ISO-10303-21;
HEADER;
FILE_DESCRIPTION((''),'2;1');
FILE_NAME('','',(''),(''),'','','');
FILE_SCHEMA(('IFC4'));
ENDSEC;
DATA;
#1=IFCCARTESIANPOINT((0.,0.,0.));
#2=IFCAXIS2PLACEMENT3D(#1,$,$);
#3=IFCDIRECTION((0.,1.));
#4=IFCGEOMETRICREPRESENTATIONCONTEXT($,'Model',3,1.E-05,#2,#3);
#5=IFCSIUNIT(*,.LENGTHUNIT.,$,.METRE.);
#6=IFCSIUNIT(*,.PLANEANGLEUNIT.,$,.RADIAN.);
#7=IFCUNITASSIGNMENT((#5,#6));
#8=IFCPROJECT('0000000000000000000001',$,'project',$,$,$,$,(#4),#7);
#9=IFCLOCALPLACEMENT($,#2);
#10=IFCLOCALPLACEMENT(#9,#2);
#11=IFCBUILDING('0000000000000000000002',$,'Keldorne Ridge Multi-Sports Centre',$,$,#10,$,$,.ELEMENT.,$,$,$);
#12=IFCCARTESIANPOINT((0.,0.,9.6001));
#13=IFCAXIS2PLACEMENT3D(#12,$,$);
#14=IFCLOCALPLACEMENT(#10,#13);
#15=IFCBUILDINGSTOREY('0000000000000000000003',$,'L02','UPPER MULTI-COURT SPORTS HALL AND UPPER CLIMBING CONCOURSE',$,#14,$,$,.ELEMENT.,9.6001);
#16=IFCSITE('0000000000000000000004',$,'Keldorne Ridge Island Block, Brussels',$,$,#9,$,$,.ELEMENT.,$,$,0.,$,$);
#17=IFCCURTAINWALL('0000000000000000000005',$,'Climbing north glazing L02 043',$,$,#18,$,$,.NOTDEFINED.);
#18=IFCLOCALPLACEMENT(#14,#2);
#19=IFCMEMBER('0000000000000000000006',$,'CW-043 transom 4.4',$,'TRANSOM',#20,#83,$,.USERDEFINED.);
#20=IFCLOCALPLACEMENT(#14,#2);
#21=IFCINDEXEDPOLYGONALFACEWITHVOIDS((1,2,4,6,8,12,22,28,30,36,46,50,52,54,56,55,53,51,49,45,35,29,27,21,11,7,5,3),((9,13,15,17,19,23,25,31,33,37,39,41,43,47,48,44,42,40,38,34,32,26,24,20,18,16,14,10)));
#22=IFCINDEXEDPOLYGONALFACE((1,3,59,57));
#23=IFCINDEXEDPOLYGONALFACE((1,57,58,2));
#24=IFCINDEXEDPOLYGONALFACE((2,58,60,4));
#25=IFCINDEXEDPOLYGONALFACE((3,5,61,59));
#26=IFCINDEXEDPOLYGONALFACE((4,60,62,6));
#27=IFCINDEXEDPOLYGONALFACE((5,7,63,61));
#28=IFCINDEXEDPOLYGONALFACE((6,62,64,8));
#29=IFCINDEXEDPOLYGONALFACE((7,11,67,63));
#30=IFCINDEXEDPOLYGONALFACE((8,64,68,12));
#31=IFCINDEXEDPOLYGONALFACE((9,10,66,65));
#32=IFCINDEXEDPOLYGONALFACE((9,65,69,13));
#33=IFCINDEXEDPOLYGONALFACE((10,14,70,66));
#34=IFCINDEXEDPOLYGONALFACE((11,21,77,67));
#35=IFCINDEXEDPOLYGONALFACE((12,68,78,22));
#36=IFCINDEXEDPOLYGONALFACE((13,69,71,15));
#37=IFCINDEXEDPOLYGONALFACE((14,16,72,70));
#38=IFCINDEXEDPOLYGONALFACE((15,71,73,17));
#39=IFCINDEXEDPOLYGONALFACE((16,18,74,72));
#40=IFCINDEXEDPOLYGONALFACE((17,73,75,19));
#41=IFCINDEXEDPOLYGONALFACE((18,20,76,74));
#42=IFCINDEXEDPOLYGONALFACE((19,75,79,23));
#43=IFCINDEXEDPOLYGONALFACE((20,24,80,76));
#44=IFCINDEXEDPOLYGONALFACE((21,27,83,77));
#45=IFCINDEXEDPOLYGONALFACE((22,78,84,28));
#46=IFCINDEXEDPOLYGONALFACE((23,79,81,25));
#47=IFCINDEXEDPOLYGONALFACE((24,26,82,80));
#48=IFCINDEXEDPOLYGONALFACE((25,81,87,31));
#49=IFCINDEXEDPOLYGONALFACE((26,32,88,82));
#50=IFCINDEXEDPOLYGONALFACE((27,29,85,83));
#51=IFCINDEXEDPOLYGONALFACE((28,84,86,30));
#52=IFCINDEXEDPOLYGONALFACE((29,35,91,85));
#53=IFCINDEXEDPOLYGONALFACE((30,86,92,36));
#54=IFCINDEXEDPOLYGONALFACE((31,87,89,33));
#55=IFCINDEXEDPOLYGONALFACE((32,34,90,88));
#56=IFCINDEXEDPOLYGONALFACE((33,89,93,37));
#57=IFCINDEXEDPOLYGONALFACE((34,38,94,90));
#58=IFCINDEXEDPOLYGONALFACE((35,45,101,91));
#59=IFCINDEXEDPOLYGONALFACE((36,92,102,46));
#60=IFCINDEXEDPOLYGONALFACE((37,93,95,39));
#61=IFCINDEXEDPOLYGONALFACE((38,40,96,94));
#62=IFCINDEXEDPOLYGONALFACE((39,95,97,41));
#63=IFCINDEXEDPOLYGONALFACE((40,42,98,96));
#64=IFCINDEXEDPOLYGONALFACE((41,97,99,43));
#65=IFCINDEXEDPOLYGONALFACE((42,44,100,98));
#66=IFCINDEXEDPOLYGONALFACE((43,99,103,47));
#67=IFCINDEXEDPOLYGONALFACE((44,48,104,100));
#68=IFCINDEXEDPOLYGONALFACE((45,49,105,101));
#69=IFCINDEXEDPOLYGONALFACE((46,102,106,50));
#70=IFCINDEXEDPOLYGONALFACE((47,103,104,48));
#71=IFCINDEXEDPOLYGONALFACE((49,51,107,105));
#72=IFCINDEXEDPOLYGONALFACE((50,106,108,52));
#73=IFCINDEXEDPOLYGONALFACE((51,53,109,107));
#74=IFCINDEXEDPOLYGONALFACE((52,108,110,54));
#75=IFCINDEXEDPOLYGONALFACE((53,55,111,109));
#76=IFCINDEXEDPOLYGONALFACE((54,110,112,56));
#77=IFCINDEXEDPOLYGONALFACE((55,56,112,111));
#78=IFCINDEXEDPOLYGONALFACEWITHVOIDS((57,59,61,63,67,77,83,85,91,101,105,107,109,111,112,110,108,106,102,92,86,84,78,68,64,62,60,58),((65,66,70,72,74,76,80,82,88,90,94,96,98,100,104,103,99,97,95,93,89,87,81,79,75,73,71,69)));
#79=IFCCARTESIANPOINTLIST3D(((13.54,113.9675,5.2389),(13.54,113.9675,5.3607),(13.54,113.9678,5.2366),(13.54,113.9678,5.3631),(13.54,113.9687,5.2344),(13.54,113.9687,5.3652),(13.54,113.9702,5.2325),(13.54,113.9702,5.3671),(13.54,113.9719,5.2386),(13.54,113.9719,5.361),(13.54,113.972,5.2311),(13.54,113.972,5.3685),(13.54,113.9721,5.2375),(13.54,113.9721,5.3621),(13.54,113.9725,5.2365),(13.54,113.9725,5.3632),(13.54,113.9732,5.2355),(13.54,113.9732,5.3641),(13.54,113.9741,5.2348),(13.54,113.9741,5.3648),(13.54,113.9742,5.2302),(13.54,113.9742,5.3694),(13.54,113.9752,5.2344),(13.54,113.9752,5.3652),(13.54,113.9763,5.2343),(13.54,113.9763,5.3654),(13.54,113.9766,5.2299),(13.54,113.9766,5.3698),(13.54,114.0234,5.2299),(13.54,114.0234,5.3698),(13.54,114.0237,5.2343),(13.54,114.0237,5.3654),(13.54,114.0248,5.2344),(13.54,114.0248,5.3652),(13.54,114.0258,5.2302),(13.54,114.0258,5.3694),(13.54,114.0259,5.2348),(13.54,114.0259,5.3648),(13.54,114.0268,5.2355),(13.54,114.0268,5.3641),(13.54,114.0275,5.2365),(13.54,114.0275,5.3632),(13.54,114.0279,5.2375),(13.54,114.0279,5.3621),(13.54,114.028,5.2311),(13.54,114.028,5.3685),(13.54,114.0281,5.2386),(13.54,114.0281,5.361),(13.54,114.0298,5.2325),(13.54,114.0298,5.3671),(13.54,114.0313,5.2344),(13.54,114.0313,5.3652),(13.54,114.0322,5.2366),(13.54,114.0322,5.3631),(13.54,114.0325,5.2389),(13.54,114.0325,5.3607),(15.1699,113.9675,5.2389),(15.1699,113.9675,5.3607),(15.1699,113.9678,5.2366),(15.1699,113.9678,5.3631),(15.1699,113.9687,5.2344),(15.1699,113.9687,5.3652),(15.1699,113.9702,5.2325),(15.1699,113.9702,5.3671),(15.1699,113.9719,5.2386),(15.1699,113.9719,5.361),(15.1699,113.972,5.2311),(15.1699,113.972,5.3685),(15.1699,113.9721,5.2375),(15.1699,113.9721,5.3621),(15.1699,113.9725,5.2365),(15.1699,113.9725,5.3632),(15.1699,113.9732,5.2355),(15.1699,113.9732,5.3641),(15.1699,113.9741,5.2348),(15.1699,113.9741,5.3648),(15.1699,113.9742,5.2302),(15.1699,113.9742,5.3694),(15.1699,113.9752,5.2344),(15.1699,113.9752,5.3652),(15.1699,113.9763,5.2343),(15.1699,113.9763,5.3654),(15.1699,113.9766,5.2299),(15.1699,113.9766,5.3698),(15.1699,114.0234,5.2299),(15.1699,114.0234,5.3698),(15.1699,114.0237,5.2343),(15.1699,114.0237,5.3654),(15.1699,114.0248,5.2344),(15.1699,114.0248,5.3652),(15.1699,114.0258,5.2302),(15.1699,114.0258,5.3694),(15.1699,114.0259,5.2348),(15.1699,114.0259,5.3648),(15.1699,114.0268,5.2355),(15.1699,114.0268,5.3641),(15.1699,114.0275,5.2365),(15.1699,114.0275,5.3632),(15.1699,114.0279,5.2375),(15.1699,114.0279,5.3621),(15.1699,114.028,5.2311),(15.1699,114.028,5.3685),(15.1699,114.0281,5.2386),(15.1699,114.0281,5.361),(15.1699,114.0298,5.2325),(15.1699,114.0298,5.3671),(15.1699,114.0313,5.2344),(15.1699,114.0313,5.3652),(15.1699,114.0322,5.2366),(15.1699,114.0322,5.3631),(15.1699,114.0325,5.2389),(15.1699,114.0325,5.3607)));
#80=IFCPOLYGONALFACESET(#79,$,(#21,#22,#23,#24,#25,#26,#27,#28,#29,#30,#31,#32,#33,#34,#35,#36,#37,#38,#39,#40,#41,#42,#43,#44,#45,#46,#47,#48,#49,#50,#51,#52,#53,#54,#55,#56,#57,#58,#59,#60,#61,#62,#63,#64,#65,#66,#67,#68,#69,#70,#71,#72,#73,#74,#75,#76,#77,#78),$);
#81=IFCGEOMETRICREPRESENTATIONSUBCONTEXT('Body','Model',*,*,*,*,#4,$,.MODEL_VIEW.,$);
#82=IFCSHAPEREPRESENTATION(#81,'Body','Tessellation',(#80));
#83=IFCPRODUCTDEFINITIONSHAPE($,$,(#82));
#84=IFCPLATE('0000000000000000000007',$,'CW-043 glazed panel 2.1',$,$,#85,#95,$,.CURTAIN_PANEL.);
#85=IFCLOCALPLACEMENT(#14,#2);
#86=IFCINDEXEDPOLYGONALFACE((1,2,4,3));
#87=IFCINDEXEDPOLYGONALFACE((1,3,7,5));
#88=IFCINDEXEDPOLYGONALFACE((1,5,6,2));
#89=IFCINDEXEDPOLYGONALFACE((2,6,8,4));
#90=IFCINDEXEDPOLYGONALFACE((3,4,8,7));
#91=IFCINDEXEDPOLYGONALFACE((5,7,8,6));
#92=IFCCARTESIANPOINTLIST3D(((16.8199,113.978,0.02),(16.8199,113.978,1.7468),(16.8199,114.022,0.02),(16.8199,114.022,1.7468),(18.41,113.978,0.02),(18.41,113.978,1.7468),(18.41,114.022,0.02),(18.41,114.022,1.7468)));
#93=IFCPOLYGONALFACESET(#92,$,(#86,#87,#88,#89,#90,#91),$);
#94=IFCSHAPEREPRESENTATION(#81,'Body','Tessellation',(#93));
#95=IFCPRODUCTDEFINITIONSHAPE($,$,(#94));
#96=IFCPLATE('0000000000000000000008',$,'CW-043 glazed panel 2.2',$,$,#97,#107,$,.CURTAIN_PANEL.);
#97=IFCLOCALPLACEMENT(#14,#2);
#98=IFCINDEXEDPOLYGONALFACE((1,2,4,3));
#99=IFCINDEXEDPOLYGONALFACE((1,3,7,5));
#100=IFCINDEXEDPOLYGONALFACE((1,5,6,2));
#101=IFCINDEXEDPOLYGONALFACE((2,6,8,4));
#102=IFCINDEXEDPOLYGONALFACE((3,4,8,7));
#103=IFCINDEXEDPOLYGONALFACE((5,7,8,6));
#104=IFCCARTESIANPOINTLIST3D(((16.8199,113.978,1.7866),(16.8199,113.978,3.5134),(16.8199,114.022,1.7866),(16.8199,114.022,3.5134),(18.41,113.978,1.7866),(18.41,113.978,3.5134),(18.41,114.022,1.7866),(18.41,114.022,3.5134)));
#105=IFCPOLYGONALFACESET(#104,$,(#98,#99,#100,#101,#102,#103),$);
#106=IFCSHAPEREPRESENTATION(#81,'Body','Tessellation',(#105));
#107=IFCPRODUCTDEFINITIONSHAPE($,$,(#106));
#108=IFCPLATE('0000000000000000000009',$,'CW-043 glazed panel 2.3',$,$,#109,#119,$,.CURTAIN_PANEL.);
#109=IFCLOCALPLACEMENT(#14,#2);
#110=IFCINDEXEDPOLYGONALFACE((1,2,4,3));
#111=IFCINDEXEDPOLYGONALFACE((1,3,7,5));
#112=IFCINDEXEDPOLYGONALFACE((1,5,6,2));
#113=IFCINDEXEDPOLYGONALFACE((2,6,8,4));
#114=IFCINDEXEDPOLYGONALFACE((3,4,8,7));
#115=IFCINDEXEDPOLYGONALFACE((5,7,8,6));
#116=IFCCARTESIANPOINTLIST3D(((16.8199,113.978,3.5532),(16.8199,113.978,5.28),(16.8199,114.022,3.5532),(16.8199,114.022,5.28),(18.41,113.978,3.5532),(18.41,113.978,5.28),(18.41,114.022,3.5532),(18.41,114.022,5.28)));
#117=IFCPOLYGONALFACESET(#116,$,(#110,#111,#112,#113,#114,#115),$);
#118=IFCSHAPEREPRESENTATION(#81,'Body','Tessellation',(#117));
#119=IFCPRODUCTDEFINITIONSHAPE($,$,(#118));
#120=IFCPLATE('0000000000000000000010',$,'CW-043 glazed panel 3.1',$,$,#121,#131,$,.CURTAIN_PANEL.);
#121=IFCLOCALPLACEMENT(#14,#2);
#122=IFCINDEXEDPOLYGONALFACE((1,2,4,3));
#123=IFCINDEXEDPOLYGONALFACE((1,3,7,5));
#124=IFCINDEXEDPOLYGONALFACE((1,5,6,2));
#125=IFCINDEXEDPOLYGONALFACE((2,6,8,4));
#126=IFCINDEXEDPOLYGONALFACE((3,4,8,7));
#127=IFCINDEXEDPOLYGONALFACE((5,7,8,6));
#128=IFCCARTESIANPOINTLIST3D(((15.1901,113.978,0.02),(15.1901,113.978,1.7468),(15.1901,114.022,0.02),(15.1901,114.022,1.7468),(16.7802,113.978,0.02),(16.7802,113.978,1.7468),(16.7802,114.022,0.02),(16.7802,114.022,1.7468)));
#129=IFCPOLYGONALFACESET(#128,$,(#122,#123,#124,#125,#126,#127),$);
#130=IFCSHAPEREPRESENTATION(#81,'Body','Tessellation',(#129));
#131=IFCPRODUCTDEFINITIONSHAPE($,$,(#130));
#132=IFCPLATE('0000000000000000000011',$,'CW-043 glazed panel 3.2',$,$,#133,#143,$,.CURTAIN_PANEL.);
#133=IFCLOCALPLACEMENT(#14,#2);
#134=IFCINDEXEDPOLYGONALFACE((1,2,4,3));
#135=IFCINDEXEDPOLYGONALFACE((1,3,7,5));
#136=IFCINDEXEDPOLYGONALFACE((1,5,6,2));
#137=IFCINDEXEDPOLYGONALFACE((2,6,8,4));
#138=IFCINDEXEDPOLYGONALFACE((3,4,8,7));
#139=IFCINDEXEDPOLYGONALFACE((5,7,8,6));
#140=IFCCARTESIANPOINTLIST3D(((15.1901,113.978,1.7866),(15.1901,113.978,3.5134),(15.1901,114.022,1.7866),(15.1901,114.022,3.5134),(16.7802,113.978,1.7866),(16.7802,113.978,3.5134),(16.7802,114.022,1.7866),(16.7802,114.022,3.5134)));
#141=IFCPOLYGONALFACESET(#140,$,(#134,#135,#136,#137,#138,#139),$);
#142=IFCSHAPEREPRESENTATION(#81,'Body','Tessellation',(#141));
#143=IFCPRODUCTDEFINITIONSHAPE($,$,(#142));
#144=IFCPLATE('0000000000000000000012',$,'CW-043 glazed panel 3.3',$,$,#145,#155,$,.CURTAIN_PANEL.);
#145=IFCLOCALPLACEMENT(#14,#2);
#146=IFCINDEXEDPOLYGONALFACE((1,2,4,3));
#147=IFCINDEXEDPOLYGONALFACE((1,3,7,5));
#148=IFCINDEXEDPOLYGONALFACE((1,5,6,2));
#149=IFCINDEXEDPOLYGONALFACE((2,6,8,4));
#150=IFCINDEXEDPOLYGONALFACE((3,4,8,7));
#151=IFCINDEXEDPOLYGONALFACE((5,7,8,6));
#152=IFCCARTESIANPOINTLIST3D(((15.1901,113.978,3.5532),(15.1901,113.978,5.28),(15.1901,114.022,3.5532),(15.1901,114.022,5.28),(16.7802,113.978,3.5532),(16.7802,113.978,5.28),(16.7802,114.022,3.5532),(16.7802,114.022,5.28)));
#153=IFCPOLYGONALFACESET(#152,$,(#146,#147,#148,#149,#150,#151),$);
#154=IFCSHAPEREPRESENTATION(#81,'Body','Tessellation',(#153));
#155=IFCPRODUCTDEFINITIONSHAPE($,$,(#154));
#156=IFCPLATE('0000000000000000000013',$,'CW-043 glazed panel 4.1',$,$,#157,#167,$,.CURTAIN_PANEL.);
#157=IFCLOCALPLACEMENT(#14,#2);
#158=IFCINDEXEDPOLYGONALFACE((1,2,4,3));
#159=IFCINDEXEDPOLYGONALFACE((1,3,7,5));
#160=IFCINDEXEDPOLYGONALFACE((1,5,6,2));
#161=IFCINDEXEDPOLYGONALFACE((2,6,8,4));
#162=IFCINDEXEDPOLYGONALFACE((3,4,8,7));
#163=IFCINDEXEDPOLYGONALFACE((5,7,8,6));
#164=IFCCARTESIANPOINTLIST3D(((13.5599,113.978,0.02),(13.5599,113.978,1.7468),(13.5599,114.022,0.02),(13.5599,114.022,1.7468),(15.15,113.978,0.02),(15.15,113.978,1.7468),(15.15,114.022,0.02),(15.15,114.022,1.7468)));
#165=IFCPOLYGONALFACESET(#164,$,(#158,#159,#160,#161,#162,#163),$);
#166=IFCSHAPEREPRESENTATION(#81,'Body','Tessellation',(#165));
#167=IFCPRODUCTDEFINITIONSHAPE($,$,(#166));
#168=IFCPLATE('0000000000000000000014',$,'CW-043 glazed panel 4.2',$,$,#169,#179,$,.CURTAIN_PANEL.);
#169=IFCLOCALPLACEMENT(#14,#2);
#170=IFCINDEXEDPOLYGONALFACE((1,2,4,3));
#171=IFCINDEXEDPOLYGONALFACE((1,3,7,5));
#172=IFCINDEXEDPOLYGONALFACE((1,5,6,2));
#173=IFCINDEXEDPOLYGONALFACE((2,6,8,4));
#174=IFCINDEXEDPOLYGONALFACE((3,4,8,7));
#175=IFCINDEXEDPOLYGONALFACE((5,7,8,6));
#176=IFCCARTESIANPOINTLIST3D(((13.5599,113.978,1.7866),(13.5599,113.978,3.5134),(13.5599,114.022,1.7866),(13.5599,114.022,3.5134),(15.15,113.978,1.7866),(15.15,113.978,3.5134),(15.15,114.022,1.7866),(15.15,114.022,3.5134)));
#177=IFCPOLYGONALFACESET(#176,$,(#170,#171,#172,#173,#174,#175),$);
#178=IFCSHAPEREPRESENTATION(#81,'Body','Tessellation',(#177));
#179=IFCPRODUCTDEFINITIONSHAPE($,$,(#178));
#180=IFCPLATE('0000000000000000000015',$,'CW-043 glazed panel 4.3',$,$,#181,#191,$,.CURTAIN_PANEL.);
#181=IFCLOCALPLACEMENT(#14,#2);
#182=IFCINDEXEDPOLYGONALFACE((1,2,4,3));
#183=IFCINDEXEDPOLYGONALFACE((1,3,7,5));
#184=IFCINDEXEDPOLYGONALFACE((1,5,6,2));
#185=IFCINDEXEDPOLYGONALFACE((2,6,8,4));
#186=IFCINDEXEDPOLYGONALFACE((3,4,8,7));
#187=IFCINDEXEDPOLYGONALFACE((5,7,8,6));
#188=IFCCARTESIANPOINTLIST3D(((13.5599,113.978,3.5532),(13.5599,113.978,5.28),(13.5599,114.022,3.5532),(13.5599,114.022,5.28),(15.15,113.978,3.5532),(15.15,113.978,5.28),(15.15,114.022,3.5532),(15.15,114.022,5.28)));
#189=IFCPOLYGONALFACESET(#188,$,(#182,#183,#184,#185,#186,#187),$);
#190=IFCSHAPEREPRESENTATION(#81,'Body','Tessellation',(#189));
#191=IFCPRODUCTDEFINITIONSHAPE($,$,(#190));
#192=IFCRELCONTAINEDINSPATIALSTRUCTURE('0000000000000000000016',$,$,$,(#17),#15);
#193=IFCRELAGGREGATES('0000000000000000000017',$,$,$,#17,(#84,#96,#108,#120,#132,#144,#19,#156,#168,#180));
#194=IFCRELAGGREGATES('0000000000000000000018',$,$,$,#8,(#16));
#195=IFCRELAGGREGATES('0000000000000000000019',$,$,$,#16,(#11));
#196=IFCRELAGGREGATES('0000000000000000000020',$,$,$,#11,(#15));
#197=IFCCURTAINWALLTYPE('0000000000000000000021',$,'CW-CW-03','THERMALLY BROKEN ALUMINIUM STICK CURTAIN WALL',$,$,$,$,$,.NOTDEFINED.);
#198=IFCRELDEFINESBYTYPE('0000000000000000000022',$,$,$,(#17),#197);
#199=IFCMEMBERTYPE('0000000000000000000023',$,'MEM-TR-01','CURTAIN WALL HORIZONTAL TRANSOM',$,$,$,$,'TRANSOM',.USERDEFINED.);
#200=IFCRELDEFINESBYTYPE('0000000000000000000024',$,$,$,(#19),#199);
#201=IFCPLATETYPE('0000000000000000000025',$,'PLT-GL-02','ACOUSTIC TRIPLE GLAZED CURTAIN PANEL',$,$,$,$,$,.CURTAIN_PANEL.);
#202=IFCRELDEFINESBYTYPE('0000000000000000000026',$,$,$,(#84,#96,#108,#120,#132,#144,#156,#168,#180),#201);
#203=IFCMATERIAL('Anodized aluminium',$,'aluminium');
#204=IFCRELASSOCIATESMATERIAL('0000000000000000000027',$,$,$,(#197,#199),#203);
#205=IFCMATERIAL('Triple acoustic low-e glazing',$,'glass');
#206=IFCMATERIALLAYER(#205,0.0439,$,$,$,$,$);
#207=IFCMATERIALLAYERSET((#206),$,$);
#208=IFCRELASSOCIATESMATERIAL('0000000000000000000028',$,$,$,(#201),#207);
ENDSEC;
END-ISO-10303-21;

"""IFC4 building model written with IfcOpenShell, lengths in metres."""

from ifc_helpers import new_model, si_unit, direction, frame, origin, origin_2d, place, context, subcontext, project, spatial, rectangle, hollow_rectangle, extrude, material, layer, layer_set, material_profile, profile_set, type_object, element, aggregate, save


model = new_model("IFC4")

# Units and contexts
model_context = context("Model", 3, precision=1e-05, world=origin(), true_north=direction((0.0, 1.0)))
body_context = subcontext(model_context, "Body", "Model", "MODEL_VIEW")
ifc_project = project(units=[si_unit("LENGTHUNIT", "METRE"), si_unit("PLANEANGLEUNIT", "RADIAN")], contexts=[model_context])

# Site, building, storey
site_placement = place(None, origin())
site = spatial("IfcSite", under=ifc_project, at=site_placement, Name="Keldorne Ridge Island Block, Brussels", CompositionType="ELEMENT", RefElevation=0.0)
building_placement = place(site_placement, origin())
building = spatial("IfcBuilding", under=site, at=building_placement, Name="Keldorne Ridge Multi-Sports Centre", CompositionType="ELEMENT")
storey_placement = place(building_placement, frame((0.0, 0.0, 9.6001)))
storey = spatial("IfcBuildingStorey", under=building, at=storey_placement, Name="L02", Description="UPPER MULTI-COURT SPORTS HALL AND UPPER CLIMBING CONCOURSE", CompositionType="ELEMENT", Elevation=9.6001)

# Curtain wall
ifc_material_1 = material(Name="Anodized aluminium", Category="aluminium")
curtain_wall_type = type_object("IfcCurtainWallType", Name="CW-CW-03", Description="THERMALLY BROKEN ALUMINIUM STICK CURTAIN WALL", PredefinedType="NOTDEFINED", material=ifc_material_1)
curtain_wall_placement = place(storey_placement, origin())
curtain_wall = element("IfcCurtainWall", 1, at=curtain_wall_placement, inside=storey, type_object=curtain_wall_type, Name="Climbing north glazing L02 043", PredefinedType="NOTDEFINED")

# Member
ifc_material_profile_1 = material_profile(ifc_material_1, hollow_rectangle(XDim=0.0649, YDim=0.1399, WallThickness=0.0044, InnerFilletRadius=0.0044, OuterFilletRadius=0.009, at=origin_2d()), Name="ALU TRANSOM 140x65x4.5")
ifc_profile_set_1 = profile_set([ifc_material_profile_1], Name="Anodized aluminium")
member_type_1 = type_object("IfcMemberType", Name="MEM-TR-01", Description="CURTAIN WALL HORIZONTAL TRANSOM", ElementType="TRANSOM", PredefinedType="USERDEFINED", material=ifc_profile_set_1)
member_1_placement = place(storey_placement, frame((15.1699, 114.0, 5.2998), z_axis=(-1.0, 0.0, 0.0), x_axis=(0.0, -1.0, 0.0)))
member_1 = element("IfcMember", 2, at=member_1_placement, type_object=member_type_1, Name="CW-043 transom 4.4", ObjectType="TRANSOM", PredefinedType="USERDEFINED", context=body_context, shape_type="SweptSolid", body=[
    extrude(hollow_rectangle(XDim=0.0649, YDim=0.1399, WallThickness=0.0044, InnerFilletRadius=0.0044, OuterFilletRadius=0.009, at=origin_2d()), origin(), (0.0, 0.0, 1.0), 1.6299),
])

# Plates
ifc_material_2 = material(Name="Triple acoustic low-e glazing", Category="glass")
ifc_layer = layer(ifc_material_2, 0.0439)
ifc_layer_set = layer_set([ifc_layer])
plate_type = type_object("IfcPlateType", Name="PLT-GL-02", Description="ACOUSTIC TRIPLE GLAZED CURTAIN PANEL", PredefinedType="CURTAIN_PANEL", material=ifc_layer_set)
plate_1_placement = place(storey_placement, frame((17.615, 114.0, 0.02), z_axis=(0.0, 0.0, 1.0), x_axis=(-1.0, 0.0, 0.0)))
plate_1 = element("IfcPlate", 3, at=plate_1_placement, type_object=plate_type, Name="CW-043 glazed panel 2.1", PredefinedType="CURTAIN_PANEL", context=body_context, shape_type="SweptSolid", body=[
    extrude(rectangle(XDim=1.5901, YDim=0.0439, at=origin_2d()), origin(), (0.0, 0.0, 1.0), 1.7268),
])
plate_2_placement = place(storey_placement, frame((17.615, 114.0, 1.7866), z_axis=(0.0, 0.0, 1.0), x_axis=(-1.0, 0.0, 0.0)))
plate_2 = element("IfcPlate", 4, at=plate_2_placement, type_object=plate_type, Name="CW-043 glazed panel 2.2", PredefinedType="CURTAIN_PANEL", context=body_context, shape_type="SweptSolid", body=[
    extrude(rectangle(XDim=1.5901, YDim=0.0439, at=origin_2d()), origin(), (0.0, 0.0, 1.0), 1.7268),
])
plate_3_placement = place(storey_placement, frame((17.615, 114.0, 3.5532), z_axis=(0.0, 0.0, 1.0), x_axis=(-1.0, 0.0, 0.0)))
plate_3 = element("IfcPlate", 5, at=plate_3_placement, type_object=plate_type, Name="CW-043 glazed panel 2.3", PredefinedType="CURTAIN_PANEL", context=body_context, shape_type="SweptSolid", body=[
    extrude(rectangle(XDim=1.5901, YDim=0.0439, at=origin_2d()), origin(), (0.0, 0.0, 1.0), 1.7268),
])
plate_4_placement = place(storey_placement, frame((15.9851, 114.0, 0.02), z_axis=(0.0, 0.0, 1.0), x_axis=(-1.0, 0.0, 0.0)))
plate_4 = element("IfcPlate", 6, at=plate_4_placement, type_object=plate_type, Name="CW-043 glazed panel 3.1", PredefinedType="CURTAIN_PANEL", context=body_context, shape_type="SweptSolid", body=[
    extrude(rectangle(XDim=1.5901, YDim=0.0439, at=origin_2d()), origin(), (0.0, 0.0, 1.0), 1.7268),
])
plate_5_placement = place(storey_placement, frame((15.9851, 114.0, 1.7866), z_axis=(0.0, 0.0, 1.0), x_axis=(-1.0, 0.0, 0.0)))
plate_5 = element("IfcPlate", 7, at=plate_5_placement, type_object=plate_type, Name="CW-043 glazed panel 3.2", PredefinedType="CURTAIN_PANEL", context=body_context, shape_type="SweptSolid", body=[
    extrude(rectangle(XDim=1.5901, YDim=0.0439, at=origin_2d()), origin(), (0.0, 0.0, 1.0), 1.7268),
])
plate_6_placement = place(storey_placement, frame((15.9851, 114.0, 3.5532), z_axis=(0.0, 0.0, 1.0), x_axis=(-1.0, 0.0, 0.0)))
plate_6 = element("IfcPlate", 8, at=plate_6_placement, type_object=plate_type, Name="CW-043 glazed panel 3.3", PredefinedType="CURTAIN_PANEL", context=body_context, shape_type="SweptSolid", body=[
    extrude(rectangle(XDim=1.5901, YDim=0.0439, at=origin_2d()), origin(), (0.0, 0.0, 1.0), 1.7268),
])
plate_7_placement = place(storey_placement, frame((14.355, 114.0, 0.02), z_axis=(0.0, 0.0, 1.0), x_axis=(-1.0, 0.0, 0.0)))
plate_7 = element("IfcPlate", 9, at=plate_7_placement, type_object=plate_type, Name="CW-043 glazed panel 4.1", PredefinedType="CURTAIN_PANEL", context=body_context, shape_type="SweptSolid", body=[
    extrude(rectangle(XDim=1.5901, YDim=0.0439, at=origin_2d()), origin(), (0.0, 0.0, 1.0), 1.7268),
])
plate_8_placement = place(storey_placement, frame((14.355, 114.0, 1.7866), z_axis=(0.0, 0.0, 1.0), x_axis=(-1.0, 0.0, 0.0)))
plate_8 = element("IfcPlate", 10, at=plate_8_placement, type_object=plate_type, Name="CW-043 glazed panel 4.2", PredefinedType="CURTAIN_PANEL", context=body_context, shape_type="SweptSolid", body=[
    extrude(rectangle(XDim=1.5901, YDim=0.0439, at=origin_2d()), origin(), (0.0, 0.0, 1.0), 1.7268),
])
plate_9_placement = place(storey_placement, frame((14.355, 114.0, 3.5532), z_axis=(0.0, 0.0, 1.0), x_axis=(-1.0, 0.0, 0.0)))
plate_9 = element("IfcPlate", 11, at=plate_9_placement, type_object=plate_type, Name="CW-043 glazed panel 4.3", PredefinedType="CURTAIN_PANEL", context=body_context, shape_type="SweptSolid", body=[
    extrude(rectangle(XDim=1.5901, YDim=0.0439, at=origin_2d()), origin(), (0.0, 0.0, 1.0), 1.7268),
])
aggregate(curtain_wall, [plate_1, plate_2, plate_3, plate_4, plate_5, plate_6, member_1, plate_7, plate_8, plate_9])

save(model, "model.ifc")
